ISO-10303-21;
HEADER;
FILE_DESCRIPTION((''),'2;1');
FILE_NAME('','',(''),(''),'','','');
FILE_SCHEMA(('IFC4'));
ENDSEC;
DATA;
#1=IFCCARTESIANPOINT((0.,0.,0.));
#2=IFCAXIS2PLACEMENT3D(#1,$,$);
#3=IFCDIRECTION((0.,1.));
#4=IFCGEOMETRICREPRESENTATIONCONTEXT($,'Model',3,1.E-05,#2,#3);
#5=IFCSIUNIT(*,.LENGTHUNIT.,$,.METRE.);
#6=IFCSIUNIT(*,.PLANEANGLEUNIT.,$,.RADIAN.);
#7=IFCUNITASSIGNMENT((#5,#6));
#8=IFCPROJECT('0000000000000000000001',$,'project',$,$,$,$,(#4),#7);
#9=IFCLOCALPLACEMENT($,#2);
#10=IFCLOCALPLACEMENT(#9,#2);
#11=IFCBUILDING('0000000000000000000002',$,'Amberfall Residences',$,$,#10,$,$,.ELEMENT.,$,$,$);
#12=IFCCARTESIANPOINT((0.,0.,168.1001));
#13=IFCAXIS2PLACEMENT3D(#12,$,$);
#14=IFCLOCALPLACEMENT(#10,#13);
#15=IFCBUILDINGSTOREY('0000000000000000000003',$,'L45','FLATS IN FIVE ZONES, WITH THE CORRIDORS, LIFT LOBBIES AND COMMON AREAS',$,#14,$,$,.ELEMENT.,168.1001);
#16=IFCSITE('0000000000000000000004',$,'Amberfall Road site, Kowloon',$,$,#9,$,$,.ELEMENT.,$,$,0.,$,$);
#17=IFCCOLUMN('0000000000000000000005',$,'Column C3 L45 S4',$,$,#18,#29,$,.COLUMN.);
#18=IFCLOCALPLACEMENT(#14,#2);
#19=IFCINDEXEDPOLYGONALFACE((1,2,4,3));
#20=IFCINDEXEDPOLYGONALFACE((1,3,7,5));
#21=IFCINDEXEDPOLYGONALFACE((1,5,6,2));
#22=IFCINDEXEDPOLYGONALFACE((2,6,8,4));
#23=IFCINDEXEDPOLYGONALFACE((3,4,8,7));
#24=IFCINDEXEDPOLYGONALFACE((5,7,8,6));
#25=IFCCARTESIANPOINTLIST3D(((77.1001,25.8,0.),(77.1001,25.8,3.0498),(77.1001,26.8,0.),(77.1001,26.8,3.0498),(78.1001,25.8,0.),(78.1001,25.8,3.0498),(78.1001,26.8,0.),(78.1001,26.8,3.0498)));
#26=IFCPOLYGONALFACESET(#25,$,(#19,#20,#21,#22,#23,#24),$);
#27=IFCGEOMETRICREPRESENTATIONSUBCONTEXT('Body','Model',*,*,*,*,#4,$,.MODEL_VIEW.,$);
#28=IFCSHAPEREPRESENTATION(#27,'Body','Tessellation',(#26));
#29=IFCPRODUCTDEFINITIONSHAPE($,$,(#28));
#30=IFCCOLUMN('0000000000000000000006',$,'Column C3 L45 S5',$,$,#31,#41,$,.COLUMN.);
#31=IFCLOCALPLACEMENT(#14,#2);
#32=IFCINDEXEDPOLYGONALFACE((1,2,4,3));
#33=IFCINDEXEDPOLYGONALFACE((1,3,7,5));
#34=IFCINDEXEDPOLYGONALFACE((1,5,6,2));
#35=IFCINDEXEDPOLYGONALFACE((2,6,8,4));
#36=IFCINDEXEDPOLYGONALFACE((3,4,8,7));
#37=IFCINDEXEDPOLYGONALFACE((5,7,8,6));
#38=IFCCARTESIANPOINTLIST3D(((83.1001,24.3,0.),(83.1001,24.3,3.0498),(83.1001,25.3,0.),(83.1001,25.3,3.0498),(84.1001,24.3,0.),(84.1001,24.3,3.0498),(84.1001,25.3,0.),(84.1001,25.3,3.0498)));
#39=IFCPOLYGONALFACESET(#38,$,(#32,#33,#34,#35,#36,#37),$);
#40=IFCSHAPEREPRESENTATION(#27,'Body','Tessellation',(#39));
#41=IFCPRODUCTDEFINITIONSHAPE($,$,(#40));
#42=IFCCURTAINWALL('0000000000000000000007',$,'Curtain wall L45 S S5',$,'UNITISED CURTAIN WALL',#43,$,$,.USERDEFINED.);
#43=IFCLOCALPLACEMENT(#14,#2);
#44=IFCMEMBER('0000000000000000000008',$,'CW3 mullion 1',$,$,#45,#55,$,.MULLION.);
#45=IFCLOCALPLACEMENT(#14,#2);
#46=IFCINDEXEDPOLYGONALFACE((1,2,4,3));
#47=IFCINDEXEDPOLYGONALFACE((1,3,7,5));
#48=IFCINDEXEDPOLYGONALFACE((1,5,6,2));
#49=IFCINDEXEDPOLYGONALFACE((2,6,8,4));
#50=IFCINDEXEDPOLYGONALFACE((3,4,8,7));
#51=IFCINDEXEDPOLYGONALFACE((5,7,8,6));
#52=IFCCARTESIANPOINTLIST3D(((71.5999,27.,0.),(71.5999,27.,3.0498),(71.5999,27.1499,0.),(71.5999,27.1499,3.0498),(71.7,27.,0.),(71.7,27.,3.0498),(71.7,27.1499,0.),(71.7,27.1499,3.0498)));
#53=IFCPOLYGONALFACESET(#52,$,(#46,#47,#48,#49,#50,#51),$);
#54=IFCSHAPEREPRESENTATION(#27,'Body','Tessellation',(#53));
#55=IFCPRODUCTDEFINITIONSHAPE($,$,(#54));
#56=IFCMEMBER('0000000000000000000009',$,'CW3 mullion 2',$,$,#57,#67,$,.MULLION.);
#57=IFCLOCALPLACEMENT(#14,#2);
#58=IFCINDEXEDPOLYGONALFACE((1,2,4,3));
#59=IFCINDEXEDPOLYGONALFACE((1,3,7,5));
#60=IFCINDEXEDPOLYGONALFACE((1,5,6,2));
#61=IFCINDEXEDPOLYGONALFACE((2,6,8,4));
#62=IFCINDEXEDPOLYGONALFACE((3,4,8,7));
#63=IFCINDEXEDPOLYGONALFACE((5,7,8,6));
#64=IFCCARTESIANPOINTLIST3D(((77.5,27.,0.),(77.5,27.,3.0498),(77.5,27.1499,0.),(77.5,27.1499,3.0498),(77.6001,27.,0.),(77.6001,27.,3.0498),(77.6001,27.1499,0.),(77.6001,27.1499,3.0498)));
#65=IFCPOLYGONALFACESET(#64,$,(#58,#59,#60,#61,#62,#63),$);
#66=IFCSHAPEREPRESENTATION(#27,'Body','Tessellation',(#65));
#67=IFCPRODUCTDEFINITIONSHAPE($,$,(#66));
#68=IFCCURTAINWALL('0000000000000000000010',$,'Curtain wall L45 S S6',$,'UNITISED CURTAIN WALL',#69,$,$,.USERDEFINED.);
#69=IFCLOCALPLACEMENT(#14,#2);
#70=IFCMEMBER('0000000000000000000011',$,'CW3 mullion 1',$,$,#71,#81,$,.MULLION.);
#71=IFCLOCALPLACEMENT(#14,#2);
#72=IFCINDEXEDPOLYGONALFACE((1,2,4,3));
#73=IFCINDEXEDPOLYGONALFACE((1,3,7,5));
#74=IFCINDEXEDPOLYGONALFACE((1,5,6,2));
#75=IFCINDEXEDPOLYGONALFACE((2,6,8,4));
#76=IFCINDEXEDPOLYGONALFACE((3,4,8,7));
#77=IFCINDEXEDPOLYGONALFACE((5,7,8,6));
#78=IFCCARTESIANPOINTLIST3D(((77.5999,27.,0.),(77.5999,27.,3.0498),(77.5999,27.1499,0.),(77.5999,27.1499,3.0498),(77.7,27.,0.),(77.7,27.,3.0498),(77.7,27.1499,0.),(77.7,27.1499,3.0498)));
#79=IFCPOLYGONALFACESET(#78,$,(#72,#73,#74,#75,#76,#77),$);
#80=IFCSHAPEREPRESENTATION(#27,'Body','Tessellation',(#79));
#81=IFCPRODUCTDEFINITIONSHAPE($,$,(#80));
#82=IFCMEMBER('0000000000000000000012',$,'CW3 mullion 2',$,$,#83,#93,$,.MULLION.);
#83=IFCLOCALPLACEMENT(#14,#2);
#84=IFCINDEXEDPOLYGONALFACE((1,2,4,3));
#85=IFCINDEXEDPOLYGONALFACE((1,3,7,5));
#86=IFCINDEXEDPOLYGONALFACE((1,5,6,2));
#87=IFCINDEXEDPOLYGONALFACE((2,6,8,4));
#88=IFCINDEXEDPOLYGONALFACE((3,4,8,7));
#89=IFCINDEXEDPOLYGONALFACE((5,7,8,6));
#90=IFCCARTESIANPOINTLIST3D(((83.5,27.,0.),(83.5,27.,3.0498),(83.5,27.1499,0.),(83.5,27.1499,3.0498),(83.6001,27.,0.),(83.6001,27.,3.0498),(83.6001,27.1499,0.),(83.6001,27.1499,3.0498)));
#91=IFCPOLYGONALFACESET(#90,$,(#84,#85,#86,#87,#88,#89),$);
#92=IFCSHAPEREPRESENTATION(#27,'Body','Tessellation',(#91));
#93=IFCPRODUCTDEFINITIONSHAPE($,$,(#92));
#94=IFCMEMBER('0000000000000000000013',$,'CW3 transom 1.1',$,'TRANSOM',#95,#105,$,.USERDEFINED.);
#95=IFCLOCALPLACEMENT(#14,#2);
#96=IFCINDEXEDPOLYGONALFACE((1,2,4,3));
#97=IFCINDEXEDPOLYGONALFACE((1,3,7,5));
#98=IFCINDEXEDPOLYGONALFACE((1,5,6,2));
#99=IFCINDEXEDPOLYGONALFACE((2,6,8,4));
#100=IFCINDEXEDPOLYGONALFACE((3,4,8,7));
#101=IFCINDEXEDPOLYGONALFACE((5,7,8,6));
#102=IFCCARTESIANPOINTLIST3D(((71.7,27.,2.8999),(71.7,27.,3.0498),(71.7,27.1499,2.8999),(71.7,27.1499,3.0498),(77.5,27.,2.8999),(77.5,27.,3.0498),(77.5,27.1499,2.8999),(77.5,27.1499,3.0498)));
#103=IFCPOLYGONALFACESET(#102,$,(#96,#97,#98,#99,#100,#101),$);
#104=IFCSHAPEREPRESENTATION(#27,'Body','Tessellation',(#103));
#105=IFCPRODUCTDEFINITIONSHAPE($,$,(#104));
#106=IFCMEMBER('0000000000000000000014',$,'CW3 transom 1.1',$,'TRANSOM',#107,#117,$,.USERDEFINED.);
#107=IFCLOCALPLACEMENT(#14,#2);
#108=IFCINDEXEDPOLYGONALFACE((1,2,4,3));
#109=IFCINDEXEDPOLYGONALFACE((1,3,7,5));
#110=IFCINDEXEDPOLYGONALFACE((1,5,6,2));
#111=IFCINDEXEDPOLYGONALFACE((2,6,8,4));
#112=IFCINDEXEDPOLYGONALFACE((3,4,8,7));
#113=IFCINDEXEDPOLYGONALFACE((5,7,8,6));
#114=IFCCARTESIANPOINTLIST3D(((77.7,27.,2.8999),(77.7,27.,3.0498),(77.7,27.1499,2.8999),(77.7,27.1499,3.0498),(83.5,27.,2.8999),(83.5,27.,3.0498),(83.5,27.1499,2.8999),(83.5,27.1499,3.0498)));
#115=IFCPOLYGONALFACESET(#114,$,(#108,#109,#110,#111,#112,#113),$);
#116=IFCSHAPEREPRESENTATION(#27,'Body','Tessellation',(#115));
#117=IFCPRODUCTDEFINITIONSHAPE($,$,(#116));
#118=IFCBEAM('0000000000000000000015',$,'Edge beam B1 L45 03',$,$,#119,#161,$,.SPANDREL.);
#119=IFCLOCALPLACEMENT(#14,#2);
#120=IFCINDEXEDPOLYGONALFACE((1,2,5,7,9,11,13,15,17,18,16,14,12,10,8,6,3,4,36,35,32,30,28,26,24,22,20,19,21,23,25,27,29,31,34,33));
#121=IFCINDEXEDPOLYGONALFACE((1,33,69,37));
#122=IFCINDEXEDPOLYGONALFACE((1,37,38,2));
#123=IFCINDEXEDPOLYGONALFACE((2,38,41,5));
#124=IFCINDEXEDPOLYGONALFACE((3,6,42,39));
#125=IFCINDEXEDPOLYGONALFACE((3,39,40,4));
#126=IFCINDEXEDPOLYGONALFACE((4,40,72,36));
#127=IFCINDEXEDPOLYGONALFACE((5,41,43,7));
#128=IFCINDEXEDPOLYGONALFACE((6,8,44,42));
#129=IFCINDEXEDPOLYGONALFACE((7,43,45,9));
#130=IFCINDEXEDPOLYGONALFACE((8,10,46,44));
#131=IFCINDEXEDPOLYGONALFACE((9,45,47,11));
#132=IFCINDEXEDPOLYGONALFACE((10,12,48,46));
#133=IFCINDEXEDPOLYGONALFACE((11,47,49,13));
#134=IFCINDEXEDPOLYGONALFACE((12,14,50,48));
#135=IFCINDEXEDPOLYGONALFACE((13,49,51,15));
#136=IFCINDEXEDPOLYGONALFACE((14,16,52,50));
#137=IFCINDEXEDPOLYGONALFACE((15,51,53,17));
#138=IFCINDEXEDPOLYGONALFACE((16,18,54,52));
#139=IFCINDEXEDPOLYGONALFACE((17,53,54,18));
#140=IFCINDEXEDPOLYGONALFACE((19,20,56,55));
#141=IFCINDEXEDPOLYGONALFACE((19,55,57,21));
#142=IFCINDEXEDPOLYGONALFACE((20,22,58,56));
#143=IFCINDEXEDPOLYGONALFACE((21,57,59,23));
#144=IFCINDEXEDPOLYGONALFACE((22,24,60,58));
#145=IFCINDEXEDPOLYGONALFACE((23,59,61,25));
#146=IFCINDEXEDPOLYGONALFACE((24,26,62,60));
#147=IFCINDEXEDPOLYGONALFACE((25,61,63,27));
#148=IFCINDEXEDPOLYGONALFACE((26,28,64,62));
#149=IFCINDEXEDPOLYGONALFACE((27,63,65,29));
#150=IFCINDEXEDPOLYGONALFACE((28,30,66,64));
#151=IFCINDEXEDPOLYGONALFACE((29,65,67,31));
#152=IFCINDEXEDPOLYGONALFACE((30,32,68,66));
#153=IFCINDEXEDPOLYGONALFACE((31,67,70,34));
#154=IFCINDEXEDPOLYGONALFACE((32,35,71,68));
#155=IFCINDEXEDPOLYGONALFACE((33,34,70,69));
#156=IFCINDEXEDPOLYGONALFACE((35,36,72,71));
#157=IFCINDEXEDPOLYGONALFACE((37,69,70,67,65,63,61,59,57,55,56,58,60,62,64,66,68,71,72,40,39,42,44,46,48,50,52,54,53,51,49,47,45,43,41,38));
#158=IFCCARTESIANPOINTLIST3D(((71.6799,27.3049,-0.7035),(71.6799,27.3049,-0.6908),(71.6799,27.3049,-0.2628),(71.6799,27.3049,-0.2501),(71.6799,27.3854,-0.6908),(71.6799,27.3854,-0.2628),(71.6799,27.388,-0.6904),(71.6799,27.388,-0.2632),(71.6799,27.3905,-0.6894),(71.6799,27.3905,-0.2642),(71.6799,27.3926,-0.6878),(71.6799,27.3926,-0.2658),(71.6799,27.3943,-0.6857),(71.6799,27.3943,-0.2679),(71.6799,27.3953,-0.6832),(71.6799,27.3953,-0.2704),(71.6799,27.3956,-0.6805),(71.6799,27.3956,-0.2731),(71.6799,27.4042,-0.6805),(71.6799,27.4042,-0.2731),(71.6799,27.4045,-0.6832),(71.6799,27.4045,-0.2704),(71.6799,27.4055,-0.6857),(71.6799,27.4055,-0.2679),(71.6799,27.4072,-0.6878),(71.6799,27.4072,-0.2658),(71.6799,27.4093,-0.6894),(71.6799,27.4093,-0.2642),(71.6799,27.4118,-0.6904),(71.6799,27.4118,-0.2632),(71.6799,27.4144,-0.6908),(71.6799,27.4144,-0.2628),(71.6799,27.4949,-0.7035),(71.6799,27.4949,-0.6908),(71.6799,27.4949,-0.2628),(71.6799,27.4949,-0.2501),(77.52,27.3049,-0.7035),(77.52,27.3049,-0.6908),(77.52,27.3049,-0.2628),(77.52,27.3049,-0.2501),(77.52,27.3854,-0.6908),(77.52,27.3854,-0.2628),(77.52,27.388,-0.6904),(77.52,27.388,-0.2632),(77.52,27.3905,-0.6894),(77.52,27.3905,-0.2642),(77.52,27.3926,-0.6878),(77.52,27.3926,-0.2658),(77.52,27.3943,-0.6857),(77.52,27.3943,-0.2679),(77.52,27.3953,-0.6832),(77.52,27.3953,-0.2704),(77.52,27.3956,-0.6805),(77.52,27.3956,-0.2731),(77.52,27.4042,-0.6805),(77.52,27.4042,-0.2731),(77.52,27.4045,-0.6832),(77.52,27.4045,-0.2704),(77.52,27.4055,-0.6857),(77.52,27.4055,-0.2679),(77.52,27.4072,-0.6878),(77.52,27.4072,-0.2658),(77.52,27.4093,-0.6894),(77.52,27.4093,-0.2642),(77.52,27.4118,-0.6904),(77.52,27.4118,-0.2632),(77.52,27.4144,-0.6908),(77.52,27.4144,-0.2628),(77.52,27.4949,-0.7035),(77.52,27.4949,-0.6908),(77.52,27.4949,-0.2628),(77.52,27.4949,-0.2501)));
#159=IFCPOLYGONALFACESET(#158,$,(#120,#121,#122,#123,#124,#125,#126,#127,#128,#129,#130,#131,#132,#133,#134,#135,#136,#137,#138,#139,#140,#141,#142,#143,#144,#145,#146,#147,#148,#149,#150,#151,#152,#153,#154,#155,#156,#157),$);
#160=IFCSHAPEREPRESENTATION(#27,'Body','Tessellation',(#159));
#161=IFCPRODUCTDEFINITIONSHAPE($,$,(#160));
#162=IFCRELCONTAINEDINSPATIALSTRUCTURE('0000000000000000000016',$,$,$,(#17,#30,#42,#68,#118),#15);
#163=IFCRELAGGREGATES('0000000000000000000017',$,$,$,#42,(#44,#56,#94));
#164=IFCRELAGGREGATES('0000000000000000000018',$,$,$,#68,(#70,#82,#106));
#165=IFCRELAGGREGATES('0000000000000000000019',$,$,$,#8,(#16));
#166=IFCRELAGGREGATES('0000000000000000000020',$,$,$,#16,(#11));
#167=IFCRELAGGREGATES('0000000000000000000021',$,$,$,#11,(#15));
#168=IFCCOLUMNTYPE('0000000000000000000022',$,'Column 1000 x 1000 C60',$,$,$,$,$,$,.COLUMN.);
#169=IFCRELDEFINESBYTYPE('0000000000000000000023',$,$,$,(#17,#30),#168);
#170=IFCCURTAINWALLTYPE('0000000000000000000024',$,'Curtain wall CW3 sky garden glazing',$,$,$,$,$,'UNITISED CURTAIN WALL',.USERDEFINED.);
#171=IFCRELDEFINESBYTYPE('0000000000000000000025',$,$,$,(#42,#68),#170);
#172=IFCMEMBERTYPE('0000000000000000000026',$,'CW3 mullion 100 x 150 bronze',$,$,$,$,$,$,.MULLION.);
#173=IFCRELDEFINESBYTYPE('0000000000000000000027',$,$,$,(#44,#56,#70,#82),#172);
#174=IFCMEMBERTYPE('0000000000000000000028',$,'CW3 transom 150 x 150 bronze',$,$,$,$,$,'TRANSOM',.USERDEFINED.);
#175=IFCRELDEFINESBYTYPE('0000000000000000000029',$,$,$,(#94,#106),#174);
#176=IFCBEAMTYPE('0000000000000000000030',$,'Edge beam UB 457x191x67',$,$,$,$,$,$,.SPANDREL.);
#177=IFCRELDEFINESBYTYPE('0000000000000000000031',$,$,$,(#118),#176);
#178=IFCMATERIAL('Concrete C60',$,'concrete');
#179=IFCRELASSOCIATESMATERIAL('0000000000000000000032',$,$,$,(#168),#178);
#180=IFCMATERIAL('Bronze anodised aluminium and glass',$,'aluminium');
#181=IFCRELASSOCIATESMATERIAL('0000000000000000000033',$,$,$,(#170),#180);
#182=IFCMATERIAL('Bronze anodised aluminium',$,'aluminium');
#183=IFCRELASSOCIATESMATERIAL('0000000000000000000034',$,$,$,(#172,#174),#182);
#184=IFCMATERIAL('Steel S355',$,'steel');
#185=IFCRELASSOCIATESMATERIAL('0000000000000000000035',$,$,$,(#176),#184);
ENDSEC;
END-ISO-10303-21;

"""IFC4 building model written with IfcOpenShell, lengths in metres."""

from ifc_helpers import new_model, si_unit, direction, frame, origin, origin_2d, place, context, subcontext, project, spatial, rectangle, i_section, extrude, material, material_profile, profile_set, type_object, element, aggregate, save


model = new_model("IFC4")

# Units and contexts
model_context = context("Model", 3, precision=1e-05, world=origin(), true_north=direction((0.0, 1.0)))
body_context = subcontext(model_context, "Body", "Model", "MODEL_VIEW")
ifc_project = project(units=[si_unit("LENGTHUNIT", "METRE"), si_unit("PLANEANGLEUNIT", "RADIAN")], contexts=[model_context])

# Site, building, storey
site_placement = place(None, origin())
site = spatial("IfcSite", under=ifc_project, at=site_placement, Name="Amberfall Road site, Kowloon", CompositionType="ELEMENT", RefElevation=0.0)
building_placement = place(site_placement, origin())
building = spatial("IfcBuilding", under=site, at=building_placement, Name="Amberfall Residences", CompositionType="ELEMENT")
storey_placement = place(building_placement, frame((0.0, 0.0, 168.1001)))
storey = spatial("IfcBuildingStorey", under=building, at=storey_placement, Name="L45", Description="FLATS IN FIVE ZONES, WITH THE CORRIDORS, LIFT LOBBIES AND COMMON AREAS", CompositionType="ELEMENT", Elevation=168.1001)

# Columns
ifc_material_1 = material(Name="Concrete C60", Category="concrete")
ifc_material_profile_1 = material_profile(ifc_material_1, rectangle(XDim=1.0, YDim=1.0, at=origin_2d()), Name="Column 1000 x 1000 C60")
ifc_profile_set_1 = profile_set([ifc_material_profile_1], Name="Concrete C60")
column_type = type_object("IfcColumnType", Name="Column 1000 x 1000 C60", PredefinedType="COLUMN", material=ifc_profile_set_1)
for number, where, z_axis, x_axis, name in (
    (1, (77.6001, 26.3, 0.0), (0.0, 0.0, 1.0), (1.0, 0.0, 0.0), "Column C3 L45 S4"),
    (2, (83.6001, 24.8, 0.0), (0.0, 0.0, 1.0), (1.0, 0.0, 0.0), "Column C3 L45 S5"),
):
    element("IfcColumn", number, at=place(storey_placement, frame(where, z_axis=z_axis, x_axis=x_axis)), inside=storey, type_object=column_type, Name=name, PredefinedType="COLUMN", context=body_context, shape_type="SweptSolid", body=[
        extrude(rectangle(XDim=1.0, YDim=1.0, at=origin_2d()), origin(), (0.0, 0.0, 1.0), 3.0498),
    ])

# Curtain walls, members
ifc_material_2 = material(Name="Bronze anodised aluminium and glass", Category="aluminium")
curtain_wall_type = type_object("IfcCurtainWallType", Name="Curtain wall CW3 sky garden glazing", ElementType="UNITISED CURTAIN WALL", PredefinedType="USERDEFINED", material=ifc_material_2)
curtain_wall_1_placement = place(storey_placement, origin())
curtain_wall_1 = element("IfcCurtainWall", 3, at=curtain_wall_1_placement, inside=storey, type_object=curtain_wall_type, Name="Curtain wall L45 S S5", ObjectType="UNITISED CURTAIN WALL", PredefinedType="USERDEFINED")
ifc_material_3 = material(Name="Bronze anodised aluminium", Category="aluminium")
ifc_material_profile_2 = material_profile(ifc_material_3, rectangle(XDim=0.1499, YDim=0.1001, at=origin_2d()), Name="CW3 mullion 100 x 150 bronze")
ifc_profile_set_2 = profile_set([ifc_material_profile_2], Name="Bronze anodised aluminium")
member_type_1 = type_object("IfcMemberType", Name="CW3 mullion 100 x 150 bronze", PredefinedType="MULLION", material=ifc_profile_set_2)
member_1_placement = place(storey_placement, frame((71.6499, 27.075, 0.0), z_axis=(0.0, 0.0, 1.0), x_axis=(0.0, 1.0, 0.0)))
member_1 = element("IfcMember", 4, at=member_1_placement, type_object=member_type_1, Name="CW3 mullion 1", PredefinedType="MULLION", context=body_context, shape_type="SweptSolid", body=[
    extrude(rectangle(XDim=0.1499, YDim=0.1001, at=origin_2d()), origin(), (0.0, 0.0, 1.0), 3.0498),
])
member_2_placement = place(storey_placement, frame((77.55, 27.075, 0.0), z_axis=(0.0, 0.0, 1.0), x_axis=(0.0, 1.0, 0.0)))
member_2 = element("IfcMember", 5, at=member_2_placement, type_object=member_type_1, Name="CW3 mullion 2", PredefinedType="MULLION", context=body_context, shape_type="SweptSolid", body=[
    extrude(rectangle(XDim=0.1499, YDim=0.1001, at=origin_2d()), origin(), (0.0, 0.0, 1.0), 3.0498),
])
curtain_wall_2_placement = place(storey_placement, origin())
curtain_wall_2 = element("IfcCurtainWall", 6, at=curtain_wall_2_placement, inside=storey, type_object=curtain_wall_type, Name="Curtain wall L45 S S6", ObjectType="UNITISED CURTAIN WALL", PredefinedType="USERDEFINED")
member_3_placement = place(storey_placement, frame((77.6499, 27.075, 0.0), z_axis=(0.0, 0.0, 1.0), x_axis=(0.0, 1.0, 0.0)))
member_3 = element("IfcMember", 7, at=member_3_placement, type_object=member_type_1, Name="CW3 mullion 1", PredefinedType="MULLION", context=body_context, shape_type="SweptSolid", body=[
    extrude(rectangle(XDim=0.1499, YDim=0.1001, at=origin_2d()), origin(), (0.0, 0.0, 1.0), 3.0498),
])
member_4_placement = place(storey_placement, frame((83.55, 27.075, 0.0), z_axis=(0.0, 0.0, 1.0), x_axis=(0.0, 1.0, 0.0)))
member_4 = element("IfcMember", 8, at=member_4_placement, type_object=member_type_1, Name="CW3 mullion 2", PredefinedType="MULLION", context=body_context, shape_type="SweptSolid", body=[
    extrude(rectangle(XDim=0.1499, YDim=0.1001, at=origin_2d()), origin(), (0.0, 0.0, 1.0), 3.0498),
])

# Members
ifc_material_profile_3 = material_profile(ifc_material_3, rectangle(XDim=0.1499, YDim=0.1499, at=origin_2d()), Name="CW3 transom 150 x 150 bronze")
ifc_profile_set_3 = profile_set([ifc_material_profile_3], Name="Bronze anodised aluminium")
member_type_2 = type_object("IfcMemberType", Name="CW3 transom 150 x 150 bronze", ElementType="TRANSOM", PredefinedType="USERDEFINED", material=ifc_profile_set_3)
member_5_placement = place(storey_placement, frame((71.7, 27.075, 2.9749), z_axis=(1.0, 0.0, 0.0), x_axis=(0.0, 1.0, 0.0)))
member_5 = element("IfcMember", 9, at=member_5_placement, type_object=member_type_2, Name="CW3 transom 1.1", ObjectType="TRANSOM", PredefinedType="USERDEFINED", context=body_context, shape_type="SweptSolid", body=[
    extrude(rectangle(XDim=0.1499, YDim=0.1499, at=origin_2d()), origin(), (0.0, 0.0, 1.0), 5.8),
])
member_6_placement = place(storey_placement, frame((77.7, 27.075, 2.9749), z_axis=(1.0, 0.0, 0.0), x_axis=(0.0, 1.0, 0.0)))
member_6 = element("IfcMember", 10, at=member_6_placement, type_object=member_type_2, Name="CW3 transom 1.1", ObjectType="TRANSOM", PredefinedType="USERDEFINED", context=body_context, shape_type="SweptSolid", body=[
    extrude(rectangle(XDim=0.1499, YDim=0.1499, at=origin_2d()), origin(), (0.0, 0.0, 1.0), 5.8),
])

# Beam
ifc_material_4 = material(Name="Steel S355", Category="steel")
ifc_material_profile_4 = material_profile(ifc_material_4, i_section(OverallWidth=0.1899, OverallDepth=0.4534, WebThickness=0.0085, FlangeThickness=0.0127, FilletRadius=0.0103, at=origin_2d()), Name="UB 457x191x67")
ifc_profile_set_4 = profile_set([ifc_material_profile_4], Name="Steel S355")
beam_type_1 = type_object("IfcBeamType", Name="Edge beam UB 457x191x67", PredefinedType="SPANDREL", material=ifc_profile_set_4)
for number, where, z_axis, x_axis, name in (
    (11, (71.6799, 27.3999, -0.4768), (1.0, 0.0, 0.0), (0.0, 1.0, 0.0), "Edge beam B1 L45 03"),
):
    element("IfcBeam", number, at=place(storey_placement, frame(where, z_axis=z_axis, x_axis=x_axis)), inside=storey, type_object=beam_type_1, Name=name, PredefinedType="SPANDREL", context=body_context, shape_type="SweptSolid", body=[
        extrude(i_section(OverallWidth=0.1899, OverallDepth=0.4534, WebThickness=0.0085, FlangeThickness=0.0127, FilletRadius=0.0103, at=origin_2d()), origin(), (0.0, 0.0, 1.0), 5.8401),
    ])

aggregate(curtain_wall_1, [member_1, member_2, member_5])
aggregate(curtain_wall_2, [member_3, member_4, member_6])

save(model, "model.ifc")
